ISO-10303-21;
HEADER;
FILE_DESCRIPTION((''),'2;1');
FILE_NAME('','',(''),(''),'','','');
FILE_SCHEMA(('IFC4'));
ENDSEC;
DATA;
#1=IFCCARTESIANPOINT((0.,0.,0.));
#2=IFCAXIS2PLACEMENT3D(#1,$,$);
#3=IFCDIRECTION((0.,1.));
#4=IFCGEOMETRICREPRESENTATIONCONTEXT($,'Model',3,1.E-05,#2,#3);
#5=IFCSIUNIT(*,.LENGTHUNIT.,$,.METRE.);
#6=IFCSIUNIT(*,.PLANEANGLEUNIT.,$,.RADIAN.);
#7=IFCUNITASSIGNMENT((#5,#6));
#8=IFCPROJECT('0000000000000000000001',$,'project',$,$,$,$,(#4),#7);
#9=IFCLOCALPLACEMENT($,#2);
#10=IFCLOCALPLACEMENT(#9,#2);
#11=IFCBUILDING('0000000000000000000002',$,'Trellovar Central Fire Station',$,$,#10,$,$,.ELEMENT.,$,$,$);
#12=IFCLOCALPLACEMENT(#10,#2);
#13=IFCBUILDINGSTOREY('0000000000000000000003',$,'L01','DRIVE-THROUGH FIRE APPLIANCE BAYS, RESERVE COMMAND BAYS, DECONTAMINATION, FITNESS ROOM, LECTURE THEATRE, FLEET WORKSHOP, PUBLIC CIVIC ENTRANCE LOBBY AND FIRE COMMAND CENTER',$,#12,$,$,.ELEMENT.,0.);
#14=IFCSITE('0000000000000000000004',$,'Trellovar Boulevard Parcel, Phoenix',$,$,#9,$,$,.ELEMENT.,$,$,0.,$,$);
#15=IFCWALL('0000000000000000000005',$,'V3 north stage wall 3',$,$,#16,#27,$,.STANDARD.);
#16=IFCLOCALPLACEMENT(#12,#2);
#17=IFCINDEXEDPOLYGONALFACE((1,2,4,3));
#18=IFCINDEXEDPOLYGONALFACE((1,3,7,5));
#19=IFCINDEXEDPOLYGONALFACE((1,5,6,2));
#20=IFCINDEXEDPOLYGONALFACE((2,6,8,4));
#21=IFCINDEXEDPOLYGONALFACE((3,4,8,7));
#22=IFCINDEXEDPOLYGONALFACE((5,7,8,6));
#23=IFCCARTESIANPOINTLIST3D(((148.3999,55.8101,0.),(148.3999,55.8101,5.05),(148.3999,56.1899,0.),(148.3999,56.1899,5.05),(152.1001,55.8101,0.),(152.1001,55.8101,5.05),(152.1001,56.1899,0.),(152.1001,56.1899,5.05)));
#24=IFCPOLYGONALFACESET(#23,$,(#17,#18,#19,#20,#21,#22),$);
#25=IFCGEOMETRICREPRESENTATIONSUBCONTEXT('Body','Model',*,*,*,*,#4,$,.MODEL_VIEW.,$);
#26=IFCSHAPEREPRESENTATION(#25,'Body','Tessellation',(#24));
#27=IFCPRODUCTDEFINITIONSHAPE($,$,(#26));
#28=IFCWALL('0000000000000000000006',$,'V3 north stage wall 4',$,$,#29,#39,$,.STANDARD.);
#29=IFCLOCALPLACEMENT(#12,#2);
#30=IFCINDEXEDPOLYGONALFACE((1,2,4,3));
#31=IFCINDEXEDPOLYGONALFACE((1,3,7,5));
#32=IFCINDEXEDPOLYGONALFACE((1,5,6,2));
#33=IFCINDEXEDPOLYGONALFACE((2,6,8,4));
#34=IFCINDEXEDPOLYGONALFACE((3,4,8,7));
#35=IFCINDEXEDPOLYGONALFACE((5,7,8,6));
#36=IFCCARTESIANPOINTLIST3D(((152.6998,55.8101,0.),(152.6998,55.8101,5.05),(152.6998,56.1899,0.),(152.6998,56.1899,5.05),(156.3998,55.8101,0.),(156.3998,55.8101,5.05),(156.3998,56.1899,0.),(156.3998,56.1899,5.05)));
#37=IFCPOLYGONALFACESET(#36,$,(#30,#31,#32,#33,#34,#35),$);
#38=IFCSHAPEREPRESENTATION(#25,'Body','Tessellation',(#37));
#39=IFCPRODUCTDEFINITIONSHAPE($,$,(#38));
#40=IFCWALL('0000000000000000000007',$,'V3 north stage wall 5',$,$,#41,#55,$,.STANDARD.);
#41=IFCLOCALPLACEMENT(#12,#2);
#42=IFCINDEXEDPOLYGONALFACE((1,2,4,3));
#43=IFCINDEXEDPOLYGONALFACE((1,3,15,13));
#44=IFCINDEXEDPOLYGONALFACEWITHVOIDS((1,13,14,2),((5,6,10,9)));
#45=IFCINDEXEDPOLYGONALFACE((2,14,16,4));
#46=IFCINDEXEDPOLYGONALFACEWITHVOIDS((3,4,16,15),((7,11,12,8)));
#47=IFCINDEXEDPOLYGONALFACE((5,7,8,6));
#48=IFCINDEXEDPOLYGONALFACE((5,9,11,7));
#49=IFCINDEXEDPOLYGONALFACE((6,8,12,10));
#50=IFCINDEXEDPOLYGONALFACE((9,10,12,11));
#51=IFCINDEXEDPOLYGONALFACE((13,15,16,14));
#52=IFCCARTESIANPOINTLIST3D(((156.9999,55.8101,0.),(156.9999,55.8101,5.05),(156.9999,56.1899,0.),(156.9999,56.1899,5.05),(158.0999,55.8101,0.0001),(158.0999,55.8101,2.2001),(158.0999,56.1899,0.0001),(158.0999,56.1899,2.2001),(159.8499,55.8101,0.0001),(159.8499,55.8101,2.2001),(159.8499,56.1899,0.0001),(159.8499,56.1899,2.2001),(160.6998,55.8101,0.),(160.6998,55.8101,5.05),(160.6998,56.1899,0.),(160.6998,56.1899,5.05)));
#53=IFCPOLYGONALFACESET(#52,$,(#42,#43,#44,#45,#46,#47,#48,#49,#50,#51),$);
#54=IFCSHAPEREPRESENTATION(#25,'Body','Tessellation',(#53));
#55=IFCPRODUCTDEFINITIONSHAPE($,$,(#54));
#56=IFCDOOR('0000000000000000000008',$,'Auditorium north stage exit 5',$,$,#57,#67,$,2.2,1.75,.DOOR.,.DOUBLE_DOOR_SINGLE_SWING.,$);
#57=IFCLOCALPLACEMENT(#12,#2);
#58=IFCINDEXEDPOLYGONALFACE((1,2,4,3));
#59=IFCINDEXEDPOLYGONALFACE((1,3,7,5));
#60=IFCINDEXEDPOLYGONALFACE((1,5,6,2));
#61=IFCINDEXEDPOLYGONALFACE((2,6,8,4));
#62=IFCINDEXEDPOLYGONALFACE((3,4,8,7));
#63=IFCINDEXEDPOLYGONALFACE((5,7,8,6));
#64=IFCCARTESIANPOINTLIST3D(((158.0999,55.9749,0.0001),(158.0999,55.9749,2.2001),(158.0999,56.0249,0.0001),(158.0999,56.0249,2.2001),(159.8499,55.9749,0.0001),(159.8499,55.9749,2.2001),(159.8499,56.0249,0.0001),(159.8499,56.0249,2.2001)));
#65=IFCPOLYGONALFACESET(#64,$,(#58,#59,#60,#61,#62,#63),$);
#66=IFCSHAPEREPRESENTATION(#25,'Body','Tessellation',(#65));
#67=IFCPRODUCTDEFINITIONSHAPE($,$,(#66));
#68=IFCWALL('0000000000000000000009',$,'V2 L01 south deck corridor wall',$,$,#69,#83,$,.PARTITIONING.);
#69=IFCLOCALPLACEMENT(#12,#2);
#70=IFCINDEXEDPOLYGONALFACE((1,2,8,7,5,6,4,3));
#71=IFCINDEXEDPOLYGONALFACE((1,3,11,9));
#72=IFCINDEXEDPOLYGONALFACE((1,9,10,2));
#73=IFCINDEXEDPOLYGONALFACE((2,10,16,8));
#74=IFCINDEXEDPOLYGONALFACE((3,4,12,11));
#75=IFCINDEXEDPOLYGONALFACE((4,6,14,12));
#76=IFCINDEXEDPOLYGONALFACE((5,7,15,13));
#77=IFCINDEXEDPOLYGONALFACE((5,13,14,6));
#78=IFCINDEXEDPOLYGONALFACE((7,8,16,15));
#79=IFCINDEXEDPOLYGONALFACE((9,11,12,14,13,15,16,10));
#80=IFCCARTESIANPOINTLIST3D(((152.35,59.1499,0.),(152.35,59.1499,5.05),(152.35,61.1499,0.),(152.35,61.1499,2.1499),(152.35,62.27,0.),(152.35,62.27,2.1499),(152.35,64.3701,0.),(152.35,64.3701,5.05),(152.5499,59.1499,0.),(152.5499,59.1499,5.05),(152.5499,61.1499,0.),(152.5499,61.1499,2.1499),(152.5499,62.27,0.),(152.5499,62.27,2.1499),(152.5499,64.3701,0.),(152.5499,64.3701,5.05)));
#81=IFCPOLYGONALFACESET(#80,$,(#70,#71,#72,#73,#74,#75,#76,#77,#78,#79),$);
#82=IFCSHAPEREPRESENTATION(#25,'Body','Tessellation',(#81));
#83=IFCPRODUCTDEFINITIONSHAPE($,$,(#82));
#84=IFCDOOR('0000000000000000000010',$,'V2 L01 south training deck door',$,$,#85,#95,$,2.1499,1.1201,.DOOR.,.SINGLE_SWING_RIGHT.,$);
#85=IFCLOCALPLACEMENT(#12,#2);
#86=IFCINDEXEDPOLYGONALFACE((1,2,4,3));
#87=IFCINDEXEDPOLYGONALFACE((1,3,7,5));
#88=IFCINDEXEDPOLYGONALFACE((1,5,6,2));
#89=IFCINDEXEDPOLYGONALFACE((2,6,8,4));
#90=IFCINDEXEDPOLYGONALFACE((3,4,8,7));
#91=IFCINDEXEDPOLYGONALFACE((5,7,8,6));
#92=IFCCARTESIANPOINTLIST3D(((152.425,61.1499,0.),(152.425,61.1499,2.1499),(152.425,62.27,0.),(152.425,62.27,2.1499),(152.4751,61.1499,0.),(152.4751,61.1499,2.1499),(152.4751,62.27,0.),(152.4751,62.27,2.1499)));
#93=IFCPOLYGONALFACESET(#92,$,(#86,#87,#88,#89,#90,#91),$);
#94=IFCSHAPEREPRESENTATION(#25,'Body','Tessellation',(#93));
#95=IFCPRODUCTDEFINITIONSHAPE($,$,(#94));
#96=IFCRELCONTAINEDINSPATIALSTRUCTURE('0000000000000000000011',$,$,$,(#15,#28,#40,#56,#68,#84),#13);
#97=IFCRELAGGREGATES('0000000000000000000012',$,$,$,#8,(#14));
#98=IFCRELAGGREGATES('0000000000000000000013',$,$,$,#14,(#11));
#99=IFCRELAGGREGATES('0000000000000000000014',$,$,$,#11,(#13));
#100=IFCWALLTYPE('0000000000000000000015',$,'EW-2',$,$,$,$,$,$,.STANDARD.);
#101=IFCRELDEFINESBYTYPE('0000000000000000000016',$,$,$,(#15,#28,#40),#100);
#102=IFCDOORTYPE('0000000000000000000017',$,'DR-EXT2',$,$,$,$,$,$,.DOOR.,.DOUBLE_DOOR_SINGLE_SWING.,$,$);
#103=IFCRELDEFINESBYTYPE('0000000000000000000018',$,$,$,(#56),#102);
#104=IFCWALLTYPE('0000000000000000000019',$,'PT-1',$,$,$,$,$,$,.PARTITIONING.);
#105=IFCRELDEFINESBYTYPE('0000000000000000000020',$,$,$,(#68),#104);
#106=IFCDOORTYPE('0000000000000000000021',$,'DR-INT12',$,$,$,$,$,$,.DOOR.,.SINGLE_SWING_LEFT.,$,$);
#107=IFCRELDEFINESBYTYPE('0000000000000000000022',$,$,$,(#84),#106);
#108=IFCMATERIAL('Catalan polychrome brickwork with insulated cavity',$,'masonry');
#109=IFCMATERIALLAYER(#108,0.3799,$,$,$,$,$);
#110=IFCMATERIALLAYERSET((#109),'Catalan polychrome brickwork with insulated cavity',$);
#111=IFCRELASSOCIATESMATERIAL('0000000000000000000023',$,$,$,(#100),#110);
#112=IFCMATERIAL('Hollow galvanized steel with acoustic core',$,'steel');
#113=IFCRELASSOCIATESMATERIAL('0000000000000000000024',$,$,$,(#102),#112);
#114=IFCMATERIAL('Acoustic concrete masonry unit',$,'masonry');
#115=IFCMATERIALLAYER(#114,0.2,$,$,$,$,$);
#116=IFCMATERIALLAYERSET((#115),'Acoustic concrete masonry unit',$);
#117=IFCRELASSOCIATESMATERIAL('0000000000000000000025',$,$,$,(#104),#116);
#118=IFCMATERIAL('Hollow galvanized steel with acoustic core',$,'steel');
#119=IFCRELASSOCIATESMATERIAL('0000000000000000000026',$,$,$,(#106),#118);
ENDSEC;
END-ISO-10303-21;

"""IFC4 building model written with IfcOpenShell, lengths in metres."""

from ifc_helpers import new_model, si_unit, direction, frame, frame_2d, origin, place, context, subcontext, project, spatial, rectangle, extrude, material, layer, layer_set, type_object, element, fill, save


model = new_model("IFC4")

# Units and contexts
model_context = context("Model", 3, precision=1e-05, world=origin(), true_north=direction((0.0, 1.0)))
body_context = subcontext(model_context, "Body", "Model", "MODEL_VIEW")
ifc_project = project(units=[si_unit("LENGTHUNIT", "METRE"), si_unit("PLANEANGLEUNIT", "RADIAN")], contexts=[model_context])

# Site, building, storey
site_placement = place(None, origin())
site = spatial("IfcSite", under=ifc_project, at=site_placement, Name="Trellovar Boulevard Parcel, Phoenix", CompositionType="ELEMENT", RefElevation=0.0)
building_placement = place(site_placement, origin())
building = spatial("IfcBuilding", under=site, at=building_placement, Name="Trellovar Central Fire Station", CompositionType="ELEMENT")
storey_placement = place(building_placement, origin())
storey = spatial("IfcBuildingStorey", under=building, at=storey_placement, Name="L01", Description="DRIVE-THROUGH FIRE APPLIANCE BAYS, RESERVE COMMAND BAYS, DECONTAMINATION, FITNESS ROOM, LECTURE THEATRE, FLEET WORKSHOP, PUBLIC CIVIC ENTRANCE LOBBY AND FIRE COMMAND CENTER", CompositionType="ELEMENT", Elevation=0.0)

# Walls
ifc_material_1 = material(Name="Catalan polychrome brickwork with insulated cavity", Category="masonry")
ifc_layer_1 = layer(ifc_material_1, 0.3799)
ifc_layer_set_1 = layer_set([ifc_layer_1], Name="Catalan polychrome brickwork with insulated cavity")
wall_type_1 = type_object("IfcWallType", Name="EW-2", PredefinedType="STANDARD", material=ifc_layer_set_1)
wall_1_placement = place(storey_placement, frame((152.1001, 56.0, 0.0), z_axis=(0.0, 0.0, 1.0), x_axis=(-1.0, 0.0, 0.0)))
element("IfcWall", 1, at=wall_1_placement, inside=storey, type_object=wall_type_1, Name="V3 north stage wall 3", PredefinedType="STANDARD", context=body_context, shape_type="SweptSolid", body=[
    extrude(rectangle(XDim=3.7002, YDim=0.3799, at=frame_2d((1.8501, 0.0))), origin(), (0.0, 0.0, 1.0), 5.05),
])
wall_2_placement = place(storey_placement, frame((156.3999, 56.0, 0.0), z_axis=(0.0, 0.0, 1.0), x_axis=(-1.0, 0.0, 0.0)))
element("IfcWall", 2, at=wall_2_placement, inside=storey, type_object=wall_type_1, Name="V3 north stage wall 4", PredefinedType="STANDARD", context=body_context, shape_type="SweptSolid", body=[
    extrude(rectangle(XDim=3.7, YDim=0.3799, at=frame_2d((1.8501, 0.0))), origin(), (0.0, 0.0, 1.0), 5.05),
])

# Walls, openings, doors
wall_3_placement = place(storey_placement, frame((160.7, 56.0, 0.0), z_axis=(0.0, 0.0, 1.0), x_axis=(-1.0, 0.0, 0.0)))
wall_3 = element("IfcWall", 3, at=wall_3_placement, inside=storey, type_object=wall_type_1, Name="V3 north stage wall 5", PredefinedType="STANDARD", context=body_context, shape_type="SweptSolid", body=[
    extrude(rectangle(XDim=3.7, YDim=0.3799, at=frame_2d((1.8501, 0.0))), origin(), (0.0, 0.0, 1.0), 5.05),
])
opening_1_placement = place(wall_3_placement, frame((0.8501, 0.0, 0.0)))
opening_1 = element("IfcOpeningElement", 4, at=opening_1_placement, cuts=wall_3, PredefinedType="OPENING", context=body_context, shape_type="SweptSolid", body=[
    extrude(rectangle(XDim=1.75, YDim=2.2, at=frame_2d((0.875, 1.1001))), frame((0.0, 0.2, 0.0), z_axis=(0.0, -1.0, 0.0), x_axis=(1.0, 0.0, 0.0)), (0.0, 0.0, 1.0), 0.3999),
])
ifc_material_2 = material(Name="Hollow galvanized steel with acoustic core", Category="steel")
door_type_1 = type_object("IfcDoorType", Name="DR-EXT2", OperationType="DOUBLE_DOOR_SINGLE_SWING", PredefinedType="DOOR", material=ifc_material_2)
door_1_placement = place(opening_1_placement, frame((1.75, 0.0, 0.0), z_axis=(0.0, 0.0, 1.0), x_axis=(-1.0, 0.0, 0.0)))
door_1 = element("IfcDoor", 5, at=door_1_placement, inside=storey, type_object=door_type_1, Name="Auditorium north stage exit 5", OperationType="DOUBLE_DOOR_SINGLE_SWING", OverallHeight=2.2, OverallWidth=1.75, PredefinedType="DOOR", context=body_context, shape_type="SweptSolid", body=[
    extrude(rectangle(XDim=1.75, YDim=2.2, at=frame_2d((0.875, 1.1001))), frame((0.0, 0.0249, 0.0), z_axis=(0.0, -1.0, 0.0), x_axis=(1.0, 0.0, 0.0)), (0.0, 0.0, 1.0), 0.05),
])
fill(opening_1, door_1)
ifc_material_3 = material(Name="Acoustic concrete masonry unit", Category="masonry")
ifc_layer_2 = layer(ifc_material_3, 0.2)
ifc_layer_set_2 = layer_set([ifc_layer_2], Name="Acoustic concrete masonry unit")
wall_type_2 = type_object("IfcWallType", Name="PT-1", PredefinedType="PARTITIONING", material=ifc_layer_set_2)
wall_4_placement = place(storey_placement, frame((152.45, 59.1499, 0.0), z_axis=(0.0, 0.0, 1.0), x_axis=(0.0, 1.0, 0.0)))
wall_4 = element("IfcWall", 6, at=wall_4_placement, inside=storey, type_object=wall_type_2, Name="V2 L01 south deck corridor wall", PredefinedType="PARTITIONING", context=body_context, shape_type="SweptSolid", body=[
    extrude(rectangle(XDim=5.2202, YDim=0.2, at=frame_2d((2.6101, 0.0))), origin(), (0.0, 0.0, 1.0), 5.05),
])
opening_2_placement = place(wall_4_placement, frame((2.0, 0.0, 0.0)))
opening_2 = element("IfcOpeningElement", 7, at=opening_2_placement, cuts=wall_4, PredefinedType="OPENING", context=body_context, shape_type="SweptSolid", body=[
    extrude(rectangle(XDim=1.1201, YDim=2.1499, at=frame_2d((0.5601, 1.075))), frame((0.0, 0.1099, 0.0), z_axis=(0.0, -1.0, 0.0), x_axis=(1.0, 0.0, 0.0)), (0.0, 0.0, 1.0), 0.22),
])
ifc_material_4 = material(Name="Hollow galvanized steel with acoustic core", Category="steel")
door_type_2 = type_object("IfcDoorType", Name="DR-INT12", OperationType="SINGLE_SWING_LEFT", PredefinedType="DOOR", material=ifc_material_4)
door_2_placement = place(opening_2_placement, origin())
door_2 = element("IfcDoor", 8, at=door_2_placement, inside=storey, type_object=door_type_2, Name="V2 L01 south training deck door", OperationType="SINGLE_SWING_RIGHT", OverallHeight=2.1499, OverallWidth=1.1201, PredefinedType="DOOR", context=body_context, shape_type="SweptSolid", body=[
    extrude(rectangle(XDim=1.1201, YDim=2.1499, at=frame_2d((0.5601, 1.075))), frame((0.0, 0.0249, 0.0), z_axis=(0.0, -1.0, 0.0), x_axis=(1.0, 0.0, 0.0)), (0.0, 0.0, 1.0), 0.05),
])
fill(opening_2, door_2)

save(model, "model.ifc")
